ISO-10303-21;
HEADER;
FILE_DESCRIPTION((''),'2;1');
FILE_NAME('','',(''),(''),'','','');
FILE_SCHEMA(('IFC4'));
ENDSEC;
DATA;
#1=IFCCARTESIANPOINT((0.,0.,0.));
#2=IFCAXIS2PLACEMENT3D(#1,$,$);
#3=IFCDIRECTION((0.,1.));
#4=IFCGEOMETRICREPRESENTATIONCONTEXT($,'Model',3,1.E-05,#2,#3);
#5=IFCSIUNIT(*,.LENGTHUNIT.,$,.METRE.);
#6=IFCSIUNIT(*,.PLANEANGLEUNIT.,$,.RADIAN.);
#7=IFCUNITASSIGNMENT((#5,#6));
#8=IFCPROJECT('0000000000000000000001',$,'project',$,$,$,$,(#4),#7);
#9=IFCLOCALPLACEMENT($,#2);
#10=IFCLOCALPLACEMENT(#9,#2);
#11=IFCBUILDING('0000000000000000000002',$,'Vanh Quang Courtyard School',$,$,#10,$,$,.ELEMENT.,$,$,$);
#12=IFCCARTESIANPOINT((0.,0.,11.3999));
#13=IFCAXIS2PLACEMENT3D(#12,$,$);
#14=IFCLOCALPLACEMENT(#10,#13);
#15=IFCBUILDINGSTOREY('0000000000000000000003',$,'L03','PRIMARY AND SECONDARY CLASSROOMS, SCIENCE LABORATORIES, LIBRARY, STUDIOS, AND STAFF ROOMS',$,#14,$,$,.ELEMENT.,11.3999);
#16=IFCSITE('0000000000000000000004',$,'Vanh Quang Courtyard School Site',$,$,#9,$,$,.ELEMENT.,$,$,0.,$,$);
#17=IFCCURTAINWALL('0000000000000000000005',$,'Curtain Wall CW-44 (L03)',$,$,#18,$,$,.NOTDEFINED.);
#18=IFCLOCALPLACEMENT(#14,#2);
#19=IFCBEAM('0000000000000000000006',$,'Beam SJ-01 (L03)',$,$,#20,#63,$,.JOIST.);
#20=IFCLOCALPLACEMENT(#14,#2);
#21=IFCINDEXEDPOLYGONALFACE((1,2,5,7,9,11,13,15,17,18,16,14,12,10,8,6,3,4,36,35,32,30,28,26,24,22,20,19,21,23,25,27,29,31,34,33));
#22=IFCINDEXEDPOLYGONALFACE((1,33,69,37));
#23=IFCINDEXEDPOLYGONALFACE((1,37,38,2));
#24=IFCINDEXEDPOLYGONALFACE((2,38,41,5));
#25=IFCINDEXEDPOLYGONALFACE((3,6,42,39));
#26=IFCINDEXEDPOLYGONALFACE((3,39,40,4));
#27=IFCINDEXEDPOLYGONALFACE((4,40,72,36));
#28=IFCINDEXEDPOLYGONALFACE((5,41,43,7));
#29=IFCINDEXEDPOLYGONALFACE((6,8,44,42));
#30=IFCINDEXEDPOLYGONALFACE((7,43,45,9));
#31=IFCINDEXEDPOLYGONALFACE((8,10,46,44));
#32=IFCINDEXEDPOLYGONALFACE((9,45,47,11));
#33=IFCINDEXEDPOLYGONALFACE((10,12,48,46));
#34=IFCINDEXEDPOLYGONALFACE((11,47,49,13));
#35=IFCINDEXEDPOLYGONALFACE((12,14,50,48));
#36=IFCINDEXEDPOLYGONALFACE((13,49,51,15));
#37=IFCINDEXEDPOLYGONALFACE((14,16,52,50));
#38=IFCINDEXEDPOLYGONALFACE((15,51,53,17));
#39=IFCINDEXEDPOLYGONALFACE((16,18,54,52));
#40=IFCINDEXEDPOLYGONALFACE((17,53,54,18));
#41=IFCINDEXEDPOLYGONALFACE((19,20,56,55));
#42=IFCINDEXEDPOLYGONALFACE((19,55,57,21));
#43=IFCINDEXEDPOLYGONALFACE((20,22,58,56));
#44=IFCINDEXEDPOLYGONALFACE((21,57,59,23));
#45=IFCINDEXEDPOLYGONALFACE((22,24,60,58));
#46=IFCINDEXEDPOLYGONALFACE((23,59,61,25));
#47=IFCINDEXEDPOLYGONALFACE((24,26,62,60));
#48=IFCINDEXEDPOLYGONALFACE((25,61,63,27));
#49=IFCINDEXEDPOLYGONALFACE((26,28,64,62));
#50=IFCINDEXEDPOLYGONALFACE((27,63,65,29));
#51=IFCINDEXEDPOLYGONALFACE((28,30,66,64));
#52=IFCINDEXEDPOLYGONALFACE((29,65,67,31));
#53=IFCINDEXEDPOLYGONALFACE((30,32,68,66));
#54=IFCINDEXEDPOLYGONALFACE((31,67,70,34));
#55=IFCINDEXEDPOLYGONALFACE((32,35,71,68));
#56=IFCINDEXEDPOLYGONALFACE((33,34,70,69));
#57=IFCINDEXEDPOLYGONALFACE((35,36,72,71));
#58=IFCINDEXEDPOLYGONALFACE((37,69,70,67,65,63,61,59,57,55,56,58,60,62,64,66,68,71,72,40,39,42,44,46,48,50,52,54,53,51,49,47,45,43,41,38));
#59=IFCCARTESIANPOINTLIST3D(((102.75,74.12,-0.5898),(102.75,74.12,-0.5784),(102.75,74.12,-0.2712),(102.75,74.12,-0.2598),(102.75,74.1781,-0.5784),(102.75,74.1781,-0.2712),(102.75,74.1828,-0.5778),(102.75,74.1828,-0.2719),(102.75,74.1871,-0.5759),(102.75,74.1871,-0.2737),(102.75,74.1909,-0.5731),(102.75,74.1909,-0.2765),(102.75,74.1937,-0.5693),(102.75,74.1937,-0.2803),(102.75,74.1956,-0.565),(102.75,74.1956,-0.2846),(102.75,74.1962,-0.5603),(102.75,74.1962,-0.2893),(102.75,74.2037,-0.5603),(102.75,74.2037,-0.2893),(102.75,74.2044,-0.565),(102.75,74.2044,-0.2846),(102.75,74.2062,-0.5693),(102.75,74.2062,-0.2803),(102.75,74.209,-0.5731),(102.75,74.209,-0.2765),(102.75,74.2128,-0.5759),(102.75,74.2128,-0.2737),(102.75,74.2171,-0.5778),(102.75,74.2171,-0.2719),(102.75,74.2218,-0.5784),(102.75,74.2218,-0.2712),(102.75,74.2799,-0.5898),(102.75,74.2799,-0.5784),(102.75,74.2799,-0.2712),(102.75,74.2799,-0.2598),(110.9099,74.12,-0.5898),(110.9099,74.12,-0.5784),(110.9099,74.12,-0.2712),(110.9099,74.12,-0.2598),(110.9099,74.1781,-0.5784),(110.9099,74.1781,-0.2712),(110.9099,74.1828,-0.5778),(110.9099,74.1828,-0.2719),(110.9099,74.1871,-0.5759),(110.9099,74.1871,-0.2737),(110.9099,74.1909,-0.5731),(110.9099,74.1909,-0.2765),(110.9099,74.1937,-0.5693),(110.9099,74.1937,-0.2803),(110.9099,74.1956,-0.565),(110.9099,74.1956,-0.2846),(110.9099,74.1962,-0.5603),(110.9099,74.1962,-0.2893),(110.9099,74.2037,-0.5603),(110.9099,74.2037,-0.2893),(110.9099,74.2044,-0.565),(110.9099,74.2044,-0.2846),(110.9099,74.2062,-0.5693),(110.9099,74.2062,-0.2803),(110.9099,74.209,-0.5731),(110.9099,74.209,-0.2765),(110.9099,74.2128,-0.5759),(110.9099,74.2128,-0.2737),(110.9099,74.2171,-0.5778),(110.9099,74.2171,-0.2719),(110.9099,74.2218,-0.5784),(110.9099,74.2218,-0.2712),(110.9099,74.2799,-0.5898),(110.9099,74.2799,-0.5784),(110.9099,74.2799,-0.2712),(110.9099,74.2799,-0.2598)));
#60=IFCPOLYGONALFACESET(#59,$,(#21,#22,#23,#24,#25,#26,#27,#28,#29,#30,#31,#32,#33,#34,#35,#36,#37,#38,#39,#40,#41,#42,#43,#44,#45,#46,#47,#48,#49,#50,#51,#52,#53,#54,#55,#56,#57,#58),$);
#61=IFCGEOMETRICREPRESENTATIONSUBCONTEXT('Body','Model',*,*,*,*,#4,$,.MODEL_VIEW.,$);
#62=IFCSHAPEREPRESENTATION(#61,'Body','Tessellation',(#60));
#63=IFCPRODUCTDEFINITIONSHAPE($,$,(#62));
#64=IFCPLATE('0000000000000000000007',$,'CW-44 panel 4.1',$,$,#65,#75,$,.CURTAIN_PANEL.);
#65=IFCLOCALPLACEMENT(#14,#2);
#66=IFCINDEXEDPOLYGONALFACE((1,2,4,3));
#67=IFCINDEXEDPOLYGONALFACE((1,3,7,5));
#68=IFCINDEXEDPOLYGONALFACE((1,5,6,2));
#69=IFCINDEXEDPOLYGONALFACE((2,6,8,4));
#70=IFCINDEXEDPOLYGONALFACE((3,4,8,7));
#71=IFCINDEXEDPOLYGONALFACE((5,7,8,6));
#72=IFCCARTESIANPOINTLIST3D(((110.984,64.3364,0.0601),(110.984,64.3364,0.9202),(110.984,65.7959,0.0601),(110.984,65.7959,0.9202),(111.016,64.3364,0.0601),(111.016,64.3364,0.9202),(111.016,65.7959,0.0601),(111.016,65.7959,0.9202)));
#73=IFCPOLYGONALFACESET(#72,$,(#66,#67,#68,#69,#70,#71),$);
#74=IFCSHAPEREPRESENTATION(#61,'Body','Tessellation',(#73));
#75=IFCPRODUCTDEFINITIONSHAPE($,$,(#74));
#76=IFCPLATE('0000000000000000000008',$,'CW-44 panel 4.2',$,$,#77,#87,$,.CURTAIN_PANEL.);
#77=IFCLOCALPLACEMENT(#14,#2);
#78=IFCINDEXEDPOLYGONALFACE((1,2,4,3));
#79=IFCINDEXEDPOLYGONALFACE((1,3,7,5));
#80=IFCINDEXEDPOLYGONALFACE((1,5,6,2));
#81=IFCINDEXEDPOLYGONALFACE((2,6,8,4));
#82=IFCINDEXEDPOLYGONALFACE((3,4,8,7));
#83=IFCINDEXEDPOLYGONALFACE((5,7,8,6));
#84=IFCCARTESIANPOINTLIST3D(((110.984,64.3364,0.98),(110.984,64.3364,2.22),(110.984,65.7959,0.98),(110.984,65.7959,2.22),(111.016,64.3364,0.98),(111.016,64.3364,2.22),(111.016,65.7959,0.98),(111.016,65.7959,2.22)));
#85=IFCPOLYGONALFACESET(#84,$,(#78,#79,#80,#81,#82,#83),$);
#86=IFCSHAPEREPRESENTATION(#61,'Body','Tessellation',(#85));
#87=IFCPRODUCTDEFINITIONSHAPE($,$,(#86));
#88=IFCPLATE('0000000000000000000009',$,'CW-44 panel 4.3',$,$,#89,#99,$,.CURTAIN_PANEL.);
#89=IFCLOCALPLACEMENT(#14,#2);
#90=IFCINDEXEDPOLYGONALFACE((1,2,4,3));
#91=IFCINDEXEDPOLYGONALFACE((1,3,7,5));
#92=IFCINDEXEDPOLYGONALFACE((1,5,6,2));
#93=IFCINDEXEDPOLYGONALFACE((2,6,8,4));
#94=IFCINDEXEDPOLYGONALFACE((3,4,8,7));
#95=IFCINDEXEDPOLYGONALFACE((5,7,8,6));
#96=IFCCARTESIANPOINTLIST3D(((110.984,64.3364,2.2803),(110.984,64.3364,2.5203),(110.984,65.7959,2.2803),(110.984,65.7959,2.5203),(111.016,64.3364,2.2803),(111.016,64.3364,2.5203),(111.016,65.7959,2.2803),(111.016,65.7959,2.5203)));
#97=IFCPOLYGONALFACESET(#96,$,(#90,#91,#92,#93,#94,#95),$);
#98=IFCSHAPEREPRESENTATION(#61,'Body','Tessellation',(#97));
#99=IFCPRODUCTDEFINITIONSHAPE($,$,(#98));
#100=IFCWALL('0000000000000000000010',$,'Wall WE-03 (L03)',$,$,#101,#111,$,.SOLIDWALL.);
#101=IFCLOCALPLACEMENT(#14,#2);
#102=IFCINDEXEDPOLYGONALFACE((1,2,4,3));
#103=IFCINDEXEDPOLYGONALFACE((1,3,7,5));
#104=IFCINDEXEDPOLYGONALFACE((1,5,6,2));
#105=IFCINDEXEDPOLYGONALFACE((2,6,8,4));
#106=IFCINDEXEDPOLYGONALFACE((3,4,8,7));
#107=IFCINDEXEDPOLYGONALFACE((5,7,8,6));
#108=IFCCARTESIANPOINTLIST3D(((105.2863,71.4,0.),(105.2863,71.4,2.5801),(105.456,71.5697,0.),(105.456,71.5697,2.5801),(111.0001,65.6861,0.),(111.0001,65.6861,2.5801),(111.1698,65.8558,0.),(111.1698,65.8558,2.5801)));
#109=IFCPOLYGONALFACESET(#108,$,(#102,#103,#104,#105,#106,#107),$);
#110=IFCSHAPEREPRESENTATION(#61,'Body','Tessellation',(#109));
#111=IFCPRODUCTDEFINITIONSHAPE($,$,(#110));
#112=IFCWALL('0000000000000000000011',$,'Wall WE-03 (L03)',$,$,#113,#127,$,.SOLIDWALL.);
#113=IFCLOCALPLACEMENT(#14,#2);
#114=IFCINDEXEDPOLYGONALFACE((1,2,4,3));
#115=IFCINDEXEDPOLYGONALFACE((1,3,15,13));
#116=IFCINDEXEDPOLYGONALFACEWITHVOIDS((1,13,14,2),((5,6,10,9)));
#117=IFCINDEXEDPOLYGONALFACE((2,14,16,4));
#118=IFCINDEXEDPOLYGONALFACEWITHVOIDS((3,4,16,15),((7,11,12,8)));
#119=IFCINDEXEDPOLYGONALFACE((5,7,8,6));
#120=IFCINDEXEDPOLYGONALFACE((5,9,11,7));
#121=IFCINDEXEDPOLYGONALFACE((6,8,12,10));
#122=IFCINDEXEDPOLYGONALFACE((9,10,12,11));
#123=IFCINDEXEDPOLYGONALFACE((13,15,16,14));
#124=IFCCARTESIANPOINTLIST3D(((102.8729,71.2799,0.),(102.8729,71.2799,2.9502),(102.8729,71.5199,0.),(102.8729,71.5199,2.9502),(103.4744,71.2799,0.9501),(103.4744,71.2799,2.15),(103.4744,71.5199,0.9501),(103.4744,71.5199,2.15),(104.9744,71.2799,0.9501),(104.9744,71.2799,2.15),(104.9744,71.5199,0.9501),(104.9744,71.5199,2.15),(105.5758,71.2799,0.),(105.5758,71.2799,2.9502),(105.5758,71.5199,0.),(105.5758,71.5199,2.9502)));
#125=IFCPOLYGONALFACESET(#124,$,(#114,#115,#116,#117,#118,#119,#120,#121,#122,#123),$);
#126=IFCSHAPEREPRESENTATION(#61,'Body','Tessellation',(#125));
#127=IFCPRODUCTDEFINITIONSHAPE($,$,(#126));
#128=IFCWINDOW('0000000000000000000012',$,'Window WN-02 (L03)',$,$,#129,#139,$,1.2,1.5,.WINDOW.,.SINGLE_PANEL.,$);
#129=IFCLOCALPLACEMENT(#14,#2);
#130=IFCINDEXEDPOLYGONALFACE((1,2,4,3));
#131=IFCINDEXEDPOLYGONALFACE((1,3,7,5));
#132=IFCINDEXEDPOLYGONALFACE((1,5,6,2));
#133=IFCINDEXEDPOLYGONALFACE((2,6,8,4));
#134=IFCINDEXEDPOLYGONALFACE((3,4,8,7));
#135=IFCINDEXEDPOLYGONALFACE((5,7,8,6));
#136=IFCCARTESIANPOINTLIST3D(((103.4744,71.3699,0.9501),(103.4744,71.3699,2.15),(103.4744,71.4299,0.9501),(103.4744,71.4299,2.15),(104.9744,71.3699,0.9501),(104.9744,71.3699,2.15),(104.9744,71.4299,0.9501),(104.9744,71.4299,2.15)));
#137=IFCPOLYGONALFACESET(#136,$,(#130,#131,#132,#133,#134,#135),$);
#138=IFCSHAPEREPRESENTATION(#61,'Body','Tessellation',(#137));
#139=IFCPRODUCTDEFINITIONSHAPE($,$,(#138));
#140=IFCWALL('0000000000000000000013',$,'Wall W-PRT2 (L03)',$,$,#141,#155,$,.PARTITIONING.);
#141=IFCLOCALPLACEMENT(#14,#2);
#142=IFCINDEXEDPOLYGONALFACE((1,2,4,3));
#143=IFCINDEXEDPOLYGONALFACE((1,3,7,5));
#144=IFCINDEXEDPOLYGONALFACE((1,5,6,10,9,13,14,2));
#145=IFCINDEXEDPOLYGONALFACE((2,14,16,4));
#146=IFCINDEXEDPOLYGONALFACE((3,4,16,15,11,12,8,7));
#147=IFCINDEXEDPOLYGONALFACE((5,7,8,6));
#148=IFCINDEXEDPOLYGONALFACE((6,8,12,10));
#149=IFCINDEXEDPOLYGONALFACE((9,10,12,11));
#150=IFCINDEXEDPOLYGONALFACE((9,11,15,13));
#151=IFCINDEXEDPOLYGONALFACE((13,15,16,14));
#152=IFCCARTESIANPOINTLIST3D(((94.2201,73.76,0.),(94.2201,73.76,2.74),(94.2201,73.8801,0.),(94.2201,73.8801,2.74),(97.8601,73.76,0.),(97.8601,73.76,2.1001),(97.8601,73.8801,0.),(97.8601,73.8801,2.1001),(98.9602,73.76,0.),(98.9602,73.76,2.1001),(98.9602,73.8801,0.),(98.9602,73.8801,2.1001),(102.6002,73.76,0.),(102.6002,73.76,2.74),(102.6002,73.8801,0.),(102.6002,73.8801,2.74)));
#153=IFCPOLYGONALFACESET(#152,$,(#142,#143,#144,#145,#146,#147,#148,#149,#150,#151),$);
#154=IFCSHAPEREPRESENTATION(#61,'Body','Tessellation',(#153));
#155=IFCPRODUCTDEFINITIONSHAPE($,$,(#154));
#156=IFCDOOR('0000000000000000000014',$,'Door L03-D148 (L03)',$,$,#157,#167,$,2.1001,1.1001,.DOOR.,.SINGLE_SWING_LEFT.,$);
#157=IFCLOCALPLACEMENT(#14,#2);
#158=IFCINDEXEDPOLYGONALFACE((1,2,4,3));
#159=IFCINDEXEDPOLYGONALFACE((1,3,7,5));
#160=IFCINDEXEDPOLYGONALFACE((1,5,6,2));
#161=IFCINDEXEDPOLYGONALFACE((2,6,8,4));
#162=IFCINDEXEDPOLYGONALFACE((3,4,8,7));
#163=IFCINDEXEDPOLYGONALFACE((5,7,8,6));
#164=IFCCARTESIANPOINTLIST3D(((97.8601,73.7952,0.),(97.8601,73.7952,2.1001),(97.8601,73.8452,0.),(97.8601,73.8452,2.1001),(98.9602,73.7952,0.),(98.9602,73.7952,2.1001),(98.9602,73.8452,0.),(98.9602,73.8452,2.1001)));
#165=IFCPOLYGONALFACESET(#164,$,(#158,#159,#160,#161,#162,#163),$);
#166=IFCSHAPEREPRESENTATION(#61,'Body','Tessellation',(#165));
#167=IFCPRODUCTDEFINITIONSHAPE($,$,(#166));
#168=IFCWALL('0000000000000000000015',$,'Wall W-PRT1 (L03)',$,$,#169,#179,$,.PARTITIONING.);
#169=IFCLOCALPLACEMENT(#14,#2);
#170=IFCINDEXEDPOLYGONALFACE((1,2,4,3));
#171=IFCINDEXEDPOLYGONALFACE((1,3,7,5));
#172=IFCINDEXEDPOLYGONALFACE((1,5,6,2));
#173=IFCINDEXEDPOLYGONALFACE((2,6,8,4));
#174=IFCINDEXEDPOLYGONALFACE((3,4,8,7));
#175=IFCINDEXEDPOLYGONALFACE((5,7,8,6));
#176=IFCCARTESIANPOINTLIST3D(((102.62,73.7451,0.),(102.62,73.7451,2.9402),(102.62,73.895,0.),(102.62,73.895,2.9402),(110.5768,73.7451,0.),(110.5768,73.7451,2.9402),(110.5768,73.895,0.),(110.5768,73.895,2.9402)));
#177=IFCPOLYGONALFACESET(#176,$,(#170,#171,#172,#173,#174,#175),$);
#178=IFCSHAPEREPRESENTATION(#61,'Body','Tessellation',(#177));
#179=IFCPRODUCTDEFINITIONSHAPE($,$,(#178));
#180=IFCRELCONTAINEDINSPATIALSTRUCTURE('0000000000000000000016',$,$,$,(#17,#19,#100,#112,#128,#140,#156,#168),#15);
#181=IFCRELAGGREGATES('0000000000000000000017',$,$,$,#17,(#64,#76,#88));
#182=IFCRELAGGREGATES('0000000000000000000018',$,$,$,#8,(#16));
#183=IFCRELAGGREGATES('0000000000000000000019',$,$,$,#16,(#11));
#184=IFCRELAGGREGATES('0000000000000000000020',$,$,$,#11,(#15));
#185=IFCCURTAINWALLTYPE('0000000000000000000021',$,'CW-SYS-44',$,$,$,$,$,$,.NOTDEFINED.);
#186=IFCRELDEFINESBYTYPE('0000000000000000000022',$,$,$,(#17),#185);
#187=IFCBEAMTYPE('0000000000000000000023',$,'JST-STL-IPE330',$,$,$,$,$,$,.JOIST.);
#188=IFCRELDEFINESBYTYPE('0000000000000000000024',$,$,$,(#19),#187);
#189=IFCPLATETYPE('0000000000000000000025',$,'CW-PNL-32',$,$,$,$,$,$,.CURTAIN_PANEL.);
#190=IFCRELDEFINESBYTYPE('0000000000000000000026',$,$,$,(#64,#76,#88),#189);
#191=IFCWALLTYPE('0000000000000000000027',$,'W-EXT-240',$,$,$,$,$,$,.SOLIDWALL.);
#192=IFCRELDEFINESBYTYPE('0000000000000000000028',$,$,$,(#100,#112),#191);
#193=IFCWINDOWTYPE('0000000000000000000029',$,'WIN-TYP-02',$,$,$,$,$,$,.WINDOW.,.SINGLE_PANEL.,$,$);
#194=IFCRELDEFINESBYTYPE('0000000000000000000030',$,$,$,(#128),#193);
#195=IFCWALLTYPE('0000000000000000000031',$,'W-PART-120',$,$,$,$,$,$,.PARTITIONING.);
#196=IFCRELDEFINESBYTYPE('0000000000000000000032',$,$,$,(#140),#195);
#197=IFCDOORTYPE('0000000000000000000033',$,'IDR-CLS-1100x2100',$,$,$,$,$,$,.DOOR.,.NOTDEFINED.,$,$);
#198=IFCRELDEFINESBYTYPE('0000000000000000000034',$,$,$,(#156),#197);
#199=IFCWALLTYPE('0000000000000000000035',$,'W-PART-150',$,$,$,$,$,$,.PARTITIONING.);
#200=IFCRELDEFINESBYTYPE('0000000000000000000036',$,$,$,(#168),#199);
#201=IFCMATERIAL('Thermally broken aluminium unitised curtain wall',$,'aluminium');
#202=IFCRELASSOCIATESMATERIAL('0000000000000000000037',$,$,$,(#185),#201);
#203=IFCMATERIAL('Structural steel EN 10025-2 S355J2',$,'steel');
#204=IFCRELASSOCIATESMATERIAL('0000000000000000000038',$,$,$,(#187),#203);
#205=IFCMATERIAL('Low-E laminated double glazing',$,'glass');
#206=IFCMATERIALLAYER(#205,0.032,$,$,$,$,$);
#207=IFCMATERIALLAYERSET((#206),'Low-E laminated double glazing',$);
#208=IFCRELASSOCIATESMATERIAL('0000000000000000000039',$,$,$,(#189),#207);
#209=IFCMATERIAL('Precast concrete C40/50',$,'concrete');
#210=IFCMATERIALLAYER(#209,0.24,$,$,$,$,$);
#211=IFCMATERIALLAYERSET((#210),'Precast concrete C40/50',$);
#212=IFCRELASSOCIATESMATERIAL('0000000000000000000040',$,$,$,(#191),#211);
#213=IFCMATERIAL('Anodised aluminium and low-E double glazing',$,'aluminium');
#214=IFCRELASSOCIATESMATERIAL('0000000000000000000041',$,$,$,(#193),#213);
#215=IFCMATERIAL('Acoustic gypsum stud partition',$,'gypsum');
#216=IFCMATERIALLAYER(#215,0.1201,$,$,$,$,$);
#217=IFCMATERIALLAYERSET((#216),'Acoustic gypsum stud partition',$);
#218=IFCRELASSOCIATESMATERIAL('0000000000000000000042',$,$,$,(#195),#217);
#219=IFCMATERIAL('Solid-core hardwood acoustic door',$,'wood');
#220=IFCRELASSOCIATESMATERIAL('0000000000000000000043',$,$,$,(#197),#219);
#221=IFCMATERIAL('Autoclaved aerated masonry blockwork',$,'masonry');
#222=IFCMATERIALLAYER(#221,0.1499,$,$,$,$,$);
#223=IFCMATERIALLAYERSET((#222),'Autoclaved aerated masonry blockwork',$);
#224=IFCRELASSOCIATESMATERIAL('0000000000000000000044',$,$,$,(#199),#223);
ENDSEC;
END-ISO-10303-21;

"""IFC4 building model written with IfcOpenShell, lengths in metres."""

from ifc_helpers import new_model, si_unit, direction, frame, frame_2d, origin, origin_2d, place, context, subcontext, project, spatial, rectangle, i_section, extrude, material, layer, layer_set, material_profile, profile_set, type_object, element, fill, aggregate, save


model = new_model("IFC4")

# Units and contexts
model_context = context("Model", 3, precision=1e-05, world=origin(), true_north=direction((0.0, 1.0)))
body_context = subcontext(model_context, "Body", "Model", "MODEL_VIEW")
ifc_project = project(units=[si_unit("LENGTHUNIT", "METRE"), si_unit("PLANEANGLEUNIT", "RADIAN")], contexts=[model_context])

# Site, building, storey
site_placement = place(None, origin())
site = spatial("IfcSite", under=ifc_project, at=site_placement, Name="Vanh Quang Courtyard School Site", CompositionType="ELEMENT", RefElevation=0.0)
building_placement = place(site_placement, origin())
building = spatial("IfcBuilding", under=site, at=building_placement, Name="Vanh Quang Courtyard School", CompositionType="ELEMENT")
storey_placement = place(building_placement, frame((0.0, 0.0, 11.3999)))
storey = spatial("IfcBuildingStorey", under=building, at=storey_placement, Name="L03", Description="PRIMARY AND SECONDARY CLASSROOMS, SCIENCE LABORATORIES, LIBRARY, STUDIOS, AND STAFF ROOMS", CompositionType="ELEMENT", Elevation=11.3999)

# Shared definitions
ifc_material_1 = material(Name="Structural steel EN 10025-2 S355J2", Category="steel")

# Curtain wall
ifc_material_2 = material(Name="Thermally broken aluminium unitised curtain wall", Category="aluminium")
curtain_wall_type = type_object("IfcCurtainWallType", Name="CW-SYS-44", PredefinedType="NOTDEFINED", material=ifc_material_2)
curtain_wall_placement = place(storey_placement, origin())
curtain_wall = element("IfcCurtainWall", 1, at=curtain_wall_placement, inside=storey, type_object=curtain_wall_type, Name="Curtain Wall CW-44 (L03)", PredefinedType="NOTDEFINED")

# Beam
ifc_material_profile_1 = material_profile(ifc_material_1, i_section(OverallWidth=0.1599, OverallDepth=0.3301, WebThickness=0.0076, FlangeThickness=0.0115, FilletRadius=0.0181, at=origin_2d()), Name="IPE 330")
ifc_profile_set_1 = profile_set([ifc_material_profile_1], Name="Structural steel EN 10025-2 S355J2")
beam_type_1 = type_object("IfcBeamType", Name="JST-STL-IPE330", PredefinedType="JOIST", material=ifc_profile_set_1)
beam_1_placement = place(storey_placement, frame((102.75, 74.2, -0.4248), z_axis=(1.0, 0.0, 0.0), x_axis=(0.0, 1.0, 0.0)))
element("IfcBeam", 2, at=beam_1_placement, inside=storey, type_object=beam_type_1, Name="Beam SJ-01 (L03)", PredefinedType="JOIST", context=body_context, shape_type="SweptSolid", body=[
    extrude(i_section(OverallWidth=0.1599, OverallDepth=0.3301, WebThickness=0.0076, FlangeThickness=0.0115, FilletRadius=0.0181, at=origin_2d()), origin(), (0.0, 0.0, 1.0), 8.1599),
])

# Plates
ifc_material_3 = material(Name="Low-E laminated double glazing", Category="glass")
ifc_layer_1 = layer(ifc_material_3, 0.032)
ifc_layer_set_1 = layer_set([ifc_layer_1], Name="Low-E laminated double glazing")
plate_type = type_object("IfcPlateType", Name="CW-PNL-32", PredefinedType="CURTAIN_PANEL", material=ifc_layer_set_1)
plate_1_placement = place(storey_placement, frame((111.0, 65.0662, 0.0601), z_axis=(0.0, 0.0, 1.0), x_axis=(0.0, 1.0, 0.0)))
plate_1 = element("IfcPlate", 3, at=plate_1_placement, type_object=plate_type, Name="CW-44 panel 4.1", PredefinedType="CURTAIN_PANEL", context=body_context, shape_type="SweptSolid", body=[
    extrude(rectangle(XDim=1.4595, YDim=0.032, at=origin_2d()), origin(), (0.0, 0.0, 1.0), 0.8601),
])
plate_2_placement = place(storey_placement, frame((111.0, 65.0662, 0.98), z_axis=(0.0, 0.0, 1.0), x_axis=(0.0, 1.0, 0.0)))
plate_2 = element("IfcPlate", 4, at=plate_2_placement, type_object=plate_type, Name="CW-44 panel 4.2", PredefinedType="CURTAIN_PANEL", context=body_context, shape_type="SweptSolid", body=[
    extrude(rectangle(XDim=1.4595, YDim=0.032, at=origin_2d()), origin(), (0.0, 0.0, 1.0), 1.24),
])
plate_3_placement = place(storey_placement, frame((111.0, 65.0662, 2.2803), z_axis=(0.0, 0.0, 1.0), x_axis=(0.0, 1.0, 0.0)))
plate_3 = element("IfcPlate", 5, at=plate_3_placement, type_object=plate_type, Name="CW-44 panel 4.3", PredefinedType="CURTAIN_PANEL", context=body_context, shape_type="SweptSolid", body=[
    extrude(rectangle(XDim=1.4595, YDim=0.032, at=origin_2d()), origin(), (0.0, 0.0, 1.0), 0.24),
])
aggregate(curtain_wall, [plate_1, plate_2, plate_3])

# Wall
ifc_material_4 = material(Name="Precast concrete C40/50", Category="concrete")
ifc_layer_2 = layer(ifc_material_4, 0.24)
ifc_layer_set_2 = layer_set([ifc_layer_2], Name="Precast concrete C40/50")
wall_type_1 = type_object("IfcWallType", Name="W-EXT-240", PredefinedType="SOLIDWALL", material=ifc_layer_set_2)
wall_1_placement = place(storey_placement, frame((111.085, 65.771, 0.0), z_axis=(0.0, 0.0, 1.0), x_axis=(-0.707107, 0.707107, 0.0)))
element("IfcWall", 6, at=wall_1_placement, inside=storey, type_object=wall_type_1, Name="Wall WE-03 (L03)", PredefinedType="SOLIDWALL", context=body_context, shape_type="SweptSolid", body=[
    extrude(rectangle(XDim=8.0806, YDim=0.24, at=frame_2d((4.0403, 0.0))), origin(), (0.0, 0.0, 1.0), 2.5801),
])

# Wall, opening, window
wall_2_placement = place(storey_placement, frame((105.5759, 71.3999, 0.0), z_axis=(0.0, 0.0, 1.0), x_axis=(-1.0, 0.0, 0.0)))
wall_2 = element("IfcWall", 7, at=wall_2_placement, inside=storey, type_object=wall_type_1, Name="Wall WE-03 (L03)", PredefinedType="SOLIDWALL", context=body_context, shape_type="SweptSolid", body=[
    extrude(rectangle(XDim=2.7029, YDim=0.24, at=frame_2d((1.3516, 0.0))), origin(), (0.0, 0.0, 1.0), 2.9502),
])
opening_1_placement = place(wall_2_placement, frame((0.6016, 0.0, 0.95)))
opening_1 = element("IfcOpeningElement", 8, at=opening_1_placement, cuts=wall_2, PredefinedType="OPENING", context=body_context, shape_type="SweptSolid", body=[
    extrude(rectangle(XDim=1.5, YDim=1.2, at=frame_2d((0.75, 0.6001))), frame((0.0, 0.1299, 0.0), z_axis=(0.0, -1.0, 0.0), x_axis=(1.0, 0.0, 0.0)), (0.0, 0.0, 1.0), 0.26),
])
ifc_material_5 = material(Name="Anodised aluminium and low-E double glazing", Category="aluminium")
window_type = type_object("IfcWindowType", Name="WIN-TYP-02", PartitioningType="SINGLE_PANEL", PredefinedType="WINDOW", material=ifc_material_5)
window_placement = place(opening_1_placement, origin())
window = element("IfcWindow", 9, at=window_placement, inside=storey, type_object=window_type, Name="Window WN-02 (L03)", OverallHeight=1.2, OverallWidth=1.5, PartitioningType="SINGLE_PANEL", PredefinedType="WINDOW", context=body_context, shape_type="SweptSolid", body=[
    extrude(rectangle(XDim=1.5, YDim=1.2, at=frame_2d((0.75, 0.6001))), frame((0.0, 0.03, 0.0), z_axis=(0.0, -1.0, 0.0), x_axis=(1.0, 0.0, 0.0)), (0.0, 0.0, 1.0), 0.0601),
])
fill(opening_1, window)

# Wall, opening, door
ifc_material_6 = material(Name="Acoustic gypsum stud partition", Category="gypsum")
ifc_layer_3 = layer(ifc_material_6, 0.1201)
ifc_layer_set_3 = layer_set([ifc_layer_3], Name="Acoustic gypsum stud partition")
wall_type_2 = type_object("IfcWallType", Name="W-PART-120", PredefinedType="PARTITIONING", material=ifc_layer_set_3)
wall_3_placement = place(storey_placement, frame((102.6001, 73.8201, 0.0), z_axis=(0.0, 0.0, 1.0), x_axis=(-1.0, 0.0, 0.0)))
wall_3 = element("IfcWall", 10, at=wall_3_placement, inside=storey, type_object=wall_type_2, Name="Wall W-PRT2 (L03)", PredefinedType="PARTITIONING", context=body_context, shape_type="SweptSolid", body=[
    extrude(rectangle(XDim=8.3801, YDim=0.1201, at=frame_2d((4.1899, 0.0))), origin(), (0.0, 0.0, 1.0), 2.74),
])
opening_2_placement = place(wall_3_placement, frame((3.6399, 0.0, 0.0)))
opening_2 = element("IfcOpeningElement", 11, at=opening_2_placement, cuts=wall_3, PredefinedType="OPENING", context=body_context, shape_type="SweptSolid", body=[
    extrude(rectangle(XDim=1.1001, YDim=2.1001, at=frame_2d((0.55, 1.05))), frame((0.0, 0.0701, 0.0), z_axis=(0.0, -1.0, 0.0), x_axis=(1.0, 0.0, 0.0)), (0.0, 0.0, 1.0), 0.1401),
])
ifc_material_7 = material(Name="Solid-core hardwood acoustic door", Category="wood")
door_type = type_object("IfcDoorType", Name="IDR-CLS-1100x2100", OperationType="NOTDEFINED", PredefinedType="DOOR", material=ifc_material_7)
door_placement = place(opening_2_placement, origin())
door = element("IfcDoor", 12, at=door_placement, inside=storey, type_object=door_type, Name="Door L03-D148 (L03)", OperationType="SINGLE_SWING_LEFT", OverallHeight=2.1001, OverallWidth=1.1001, PredefinedType="DOOR", context=body_context, shape_type="SweptSolid", body=[
    extrude(rectangle(XDim=1.1001, YDim=2.1001, at=frame_2d((0.55, 1.05))), frame((0.0, 0.0249, 0.0), z_axis=(0.0, -1.0, 0.0), x_axis=(1.0, 0.0, 0.0)), (0.0, 0.0, 1.0), 0.05),
])
fill(opening_2, door)

# Wall
ifc_material_8 = material(Name="Autoclaved aerated masonry blockwork", Category="masonry")
ifc_layer_4 = layer(ifc_material_8, 0.1499)
ifc_layer_set_4 = layer_set([ifc_layer_4], Name="Autoclaved aerated masonry blockwork")
wall_type_3 = type_object("IfcWallType", Name="W-PART-150", PredefinedType="PARTITIONING", material=ifc_layer_set_4)
wall_4_placement = place(storey_placement, frame((110.5769, 73.8201, 0.0), z_axis=(0.0, 0.0, 1.0), x_axis=(-1.0, 0.0, 0.0)))
element("IfcWall", 13, at=wall_4_placement, inside=storey, type_object=wall_type_3, Name="Wall W-PRT1 (L03)", PredefinedType="PARTITIONING", context=body_context, shape_type="SweptSolid", body=[
    extrude(rectangle(XDim=7.9568, YDim=0.1499, at=frame_2d((3.9785, 0.0))), origin(), (0.0, 0.0, 1.0), 2.9402),
])

save(model, "model.ifc")
